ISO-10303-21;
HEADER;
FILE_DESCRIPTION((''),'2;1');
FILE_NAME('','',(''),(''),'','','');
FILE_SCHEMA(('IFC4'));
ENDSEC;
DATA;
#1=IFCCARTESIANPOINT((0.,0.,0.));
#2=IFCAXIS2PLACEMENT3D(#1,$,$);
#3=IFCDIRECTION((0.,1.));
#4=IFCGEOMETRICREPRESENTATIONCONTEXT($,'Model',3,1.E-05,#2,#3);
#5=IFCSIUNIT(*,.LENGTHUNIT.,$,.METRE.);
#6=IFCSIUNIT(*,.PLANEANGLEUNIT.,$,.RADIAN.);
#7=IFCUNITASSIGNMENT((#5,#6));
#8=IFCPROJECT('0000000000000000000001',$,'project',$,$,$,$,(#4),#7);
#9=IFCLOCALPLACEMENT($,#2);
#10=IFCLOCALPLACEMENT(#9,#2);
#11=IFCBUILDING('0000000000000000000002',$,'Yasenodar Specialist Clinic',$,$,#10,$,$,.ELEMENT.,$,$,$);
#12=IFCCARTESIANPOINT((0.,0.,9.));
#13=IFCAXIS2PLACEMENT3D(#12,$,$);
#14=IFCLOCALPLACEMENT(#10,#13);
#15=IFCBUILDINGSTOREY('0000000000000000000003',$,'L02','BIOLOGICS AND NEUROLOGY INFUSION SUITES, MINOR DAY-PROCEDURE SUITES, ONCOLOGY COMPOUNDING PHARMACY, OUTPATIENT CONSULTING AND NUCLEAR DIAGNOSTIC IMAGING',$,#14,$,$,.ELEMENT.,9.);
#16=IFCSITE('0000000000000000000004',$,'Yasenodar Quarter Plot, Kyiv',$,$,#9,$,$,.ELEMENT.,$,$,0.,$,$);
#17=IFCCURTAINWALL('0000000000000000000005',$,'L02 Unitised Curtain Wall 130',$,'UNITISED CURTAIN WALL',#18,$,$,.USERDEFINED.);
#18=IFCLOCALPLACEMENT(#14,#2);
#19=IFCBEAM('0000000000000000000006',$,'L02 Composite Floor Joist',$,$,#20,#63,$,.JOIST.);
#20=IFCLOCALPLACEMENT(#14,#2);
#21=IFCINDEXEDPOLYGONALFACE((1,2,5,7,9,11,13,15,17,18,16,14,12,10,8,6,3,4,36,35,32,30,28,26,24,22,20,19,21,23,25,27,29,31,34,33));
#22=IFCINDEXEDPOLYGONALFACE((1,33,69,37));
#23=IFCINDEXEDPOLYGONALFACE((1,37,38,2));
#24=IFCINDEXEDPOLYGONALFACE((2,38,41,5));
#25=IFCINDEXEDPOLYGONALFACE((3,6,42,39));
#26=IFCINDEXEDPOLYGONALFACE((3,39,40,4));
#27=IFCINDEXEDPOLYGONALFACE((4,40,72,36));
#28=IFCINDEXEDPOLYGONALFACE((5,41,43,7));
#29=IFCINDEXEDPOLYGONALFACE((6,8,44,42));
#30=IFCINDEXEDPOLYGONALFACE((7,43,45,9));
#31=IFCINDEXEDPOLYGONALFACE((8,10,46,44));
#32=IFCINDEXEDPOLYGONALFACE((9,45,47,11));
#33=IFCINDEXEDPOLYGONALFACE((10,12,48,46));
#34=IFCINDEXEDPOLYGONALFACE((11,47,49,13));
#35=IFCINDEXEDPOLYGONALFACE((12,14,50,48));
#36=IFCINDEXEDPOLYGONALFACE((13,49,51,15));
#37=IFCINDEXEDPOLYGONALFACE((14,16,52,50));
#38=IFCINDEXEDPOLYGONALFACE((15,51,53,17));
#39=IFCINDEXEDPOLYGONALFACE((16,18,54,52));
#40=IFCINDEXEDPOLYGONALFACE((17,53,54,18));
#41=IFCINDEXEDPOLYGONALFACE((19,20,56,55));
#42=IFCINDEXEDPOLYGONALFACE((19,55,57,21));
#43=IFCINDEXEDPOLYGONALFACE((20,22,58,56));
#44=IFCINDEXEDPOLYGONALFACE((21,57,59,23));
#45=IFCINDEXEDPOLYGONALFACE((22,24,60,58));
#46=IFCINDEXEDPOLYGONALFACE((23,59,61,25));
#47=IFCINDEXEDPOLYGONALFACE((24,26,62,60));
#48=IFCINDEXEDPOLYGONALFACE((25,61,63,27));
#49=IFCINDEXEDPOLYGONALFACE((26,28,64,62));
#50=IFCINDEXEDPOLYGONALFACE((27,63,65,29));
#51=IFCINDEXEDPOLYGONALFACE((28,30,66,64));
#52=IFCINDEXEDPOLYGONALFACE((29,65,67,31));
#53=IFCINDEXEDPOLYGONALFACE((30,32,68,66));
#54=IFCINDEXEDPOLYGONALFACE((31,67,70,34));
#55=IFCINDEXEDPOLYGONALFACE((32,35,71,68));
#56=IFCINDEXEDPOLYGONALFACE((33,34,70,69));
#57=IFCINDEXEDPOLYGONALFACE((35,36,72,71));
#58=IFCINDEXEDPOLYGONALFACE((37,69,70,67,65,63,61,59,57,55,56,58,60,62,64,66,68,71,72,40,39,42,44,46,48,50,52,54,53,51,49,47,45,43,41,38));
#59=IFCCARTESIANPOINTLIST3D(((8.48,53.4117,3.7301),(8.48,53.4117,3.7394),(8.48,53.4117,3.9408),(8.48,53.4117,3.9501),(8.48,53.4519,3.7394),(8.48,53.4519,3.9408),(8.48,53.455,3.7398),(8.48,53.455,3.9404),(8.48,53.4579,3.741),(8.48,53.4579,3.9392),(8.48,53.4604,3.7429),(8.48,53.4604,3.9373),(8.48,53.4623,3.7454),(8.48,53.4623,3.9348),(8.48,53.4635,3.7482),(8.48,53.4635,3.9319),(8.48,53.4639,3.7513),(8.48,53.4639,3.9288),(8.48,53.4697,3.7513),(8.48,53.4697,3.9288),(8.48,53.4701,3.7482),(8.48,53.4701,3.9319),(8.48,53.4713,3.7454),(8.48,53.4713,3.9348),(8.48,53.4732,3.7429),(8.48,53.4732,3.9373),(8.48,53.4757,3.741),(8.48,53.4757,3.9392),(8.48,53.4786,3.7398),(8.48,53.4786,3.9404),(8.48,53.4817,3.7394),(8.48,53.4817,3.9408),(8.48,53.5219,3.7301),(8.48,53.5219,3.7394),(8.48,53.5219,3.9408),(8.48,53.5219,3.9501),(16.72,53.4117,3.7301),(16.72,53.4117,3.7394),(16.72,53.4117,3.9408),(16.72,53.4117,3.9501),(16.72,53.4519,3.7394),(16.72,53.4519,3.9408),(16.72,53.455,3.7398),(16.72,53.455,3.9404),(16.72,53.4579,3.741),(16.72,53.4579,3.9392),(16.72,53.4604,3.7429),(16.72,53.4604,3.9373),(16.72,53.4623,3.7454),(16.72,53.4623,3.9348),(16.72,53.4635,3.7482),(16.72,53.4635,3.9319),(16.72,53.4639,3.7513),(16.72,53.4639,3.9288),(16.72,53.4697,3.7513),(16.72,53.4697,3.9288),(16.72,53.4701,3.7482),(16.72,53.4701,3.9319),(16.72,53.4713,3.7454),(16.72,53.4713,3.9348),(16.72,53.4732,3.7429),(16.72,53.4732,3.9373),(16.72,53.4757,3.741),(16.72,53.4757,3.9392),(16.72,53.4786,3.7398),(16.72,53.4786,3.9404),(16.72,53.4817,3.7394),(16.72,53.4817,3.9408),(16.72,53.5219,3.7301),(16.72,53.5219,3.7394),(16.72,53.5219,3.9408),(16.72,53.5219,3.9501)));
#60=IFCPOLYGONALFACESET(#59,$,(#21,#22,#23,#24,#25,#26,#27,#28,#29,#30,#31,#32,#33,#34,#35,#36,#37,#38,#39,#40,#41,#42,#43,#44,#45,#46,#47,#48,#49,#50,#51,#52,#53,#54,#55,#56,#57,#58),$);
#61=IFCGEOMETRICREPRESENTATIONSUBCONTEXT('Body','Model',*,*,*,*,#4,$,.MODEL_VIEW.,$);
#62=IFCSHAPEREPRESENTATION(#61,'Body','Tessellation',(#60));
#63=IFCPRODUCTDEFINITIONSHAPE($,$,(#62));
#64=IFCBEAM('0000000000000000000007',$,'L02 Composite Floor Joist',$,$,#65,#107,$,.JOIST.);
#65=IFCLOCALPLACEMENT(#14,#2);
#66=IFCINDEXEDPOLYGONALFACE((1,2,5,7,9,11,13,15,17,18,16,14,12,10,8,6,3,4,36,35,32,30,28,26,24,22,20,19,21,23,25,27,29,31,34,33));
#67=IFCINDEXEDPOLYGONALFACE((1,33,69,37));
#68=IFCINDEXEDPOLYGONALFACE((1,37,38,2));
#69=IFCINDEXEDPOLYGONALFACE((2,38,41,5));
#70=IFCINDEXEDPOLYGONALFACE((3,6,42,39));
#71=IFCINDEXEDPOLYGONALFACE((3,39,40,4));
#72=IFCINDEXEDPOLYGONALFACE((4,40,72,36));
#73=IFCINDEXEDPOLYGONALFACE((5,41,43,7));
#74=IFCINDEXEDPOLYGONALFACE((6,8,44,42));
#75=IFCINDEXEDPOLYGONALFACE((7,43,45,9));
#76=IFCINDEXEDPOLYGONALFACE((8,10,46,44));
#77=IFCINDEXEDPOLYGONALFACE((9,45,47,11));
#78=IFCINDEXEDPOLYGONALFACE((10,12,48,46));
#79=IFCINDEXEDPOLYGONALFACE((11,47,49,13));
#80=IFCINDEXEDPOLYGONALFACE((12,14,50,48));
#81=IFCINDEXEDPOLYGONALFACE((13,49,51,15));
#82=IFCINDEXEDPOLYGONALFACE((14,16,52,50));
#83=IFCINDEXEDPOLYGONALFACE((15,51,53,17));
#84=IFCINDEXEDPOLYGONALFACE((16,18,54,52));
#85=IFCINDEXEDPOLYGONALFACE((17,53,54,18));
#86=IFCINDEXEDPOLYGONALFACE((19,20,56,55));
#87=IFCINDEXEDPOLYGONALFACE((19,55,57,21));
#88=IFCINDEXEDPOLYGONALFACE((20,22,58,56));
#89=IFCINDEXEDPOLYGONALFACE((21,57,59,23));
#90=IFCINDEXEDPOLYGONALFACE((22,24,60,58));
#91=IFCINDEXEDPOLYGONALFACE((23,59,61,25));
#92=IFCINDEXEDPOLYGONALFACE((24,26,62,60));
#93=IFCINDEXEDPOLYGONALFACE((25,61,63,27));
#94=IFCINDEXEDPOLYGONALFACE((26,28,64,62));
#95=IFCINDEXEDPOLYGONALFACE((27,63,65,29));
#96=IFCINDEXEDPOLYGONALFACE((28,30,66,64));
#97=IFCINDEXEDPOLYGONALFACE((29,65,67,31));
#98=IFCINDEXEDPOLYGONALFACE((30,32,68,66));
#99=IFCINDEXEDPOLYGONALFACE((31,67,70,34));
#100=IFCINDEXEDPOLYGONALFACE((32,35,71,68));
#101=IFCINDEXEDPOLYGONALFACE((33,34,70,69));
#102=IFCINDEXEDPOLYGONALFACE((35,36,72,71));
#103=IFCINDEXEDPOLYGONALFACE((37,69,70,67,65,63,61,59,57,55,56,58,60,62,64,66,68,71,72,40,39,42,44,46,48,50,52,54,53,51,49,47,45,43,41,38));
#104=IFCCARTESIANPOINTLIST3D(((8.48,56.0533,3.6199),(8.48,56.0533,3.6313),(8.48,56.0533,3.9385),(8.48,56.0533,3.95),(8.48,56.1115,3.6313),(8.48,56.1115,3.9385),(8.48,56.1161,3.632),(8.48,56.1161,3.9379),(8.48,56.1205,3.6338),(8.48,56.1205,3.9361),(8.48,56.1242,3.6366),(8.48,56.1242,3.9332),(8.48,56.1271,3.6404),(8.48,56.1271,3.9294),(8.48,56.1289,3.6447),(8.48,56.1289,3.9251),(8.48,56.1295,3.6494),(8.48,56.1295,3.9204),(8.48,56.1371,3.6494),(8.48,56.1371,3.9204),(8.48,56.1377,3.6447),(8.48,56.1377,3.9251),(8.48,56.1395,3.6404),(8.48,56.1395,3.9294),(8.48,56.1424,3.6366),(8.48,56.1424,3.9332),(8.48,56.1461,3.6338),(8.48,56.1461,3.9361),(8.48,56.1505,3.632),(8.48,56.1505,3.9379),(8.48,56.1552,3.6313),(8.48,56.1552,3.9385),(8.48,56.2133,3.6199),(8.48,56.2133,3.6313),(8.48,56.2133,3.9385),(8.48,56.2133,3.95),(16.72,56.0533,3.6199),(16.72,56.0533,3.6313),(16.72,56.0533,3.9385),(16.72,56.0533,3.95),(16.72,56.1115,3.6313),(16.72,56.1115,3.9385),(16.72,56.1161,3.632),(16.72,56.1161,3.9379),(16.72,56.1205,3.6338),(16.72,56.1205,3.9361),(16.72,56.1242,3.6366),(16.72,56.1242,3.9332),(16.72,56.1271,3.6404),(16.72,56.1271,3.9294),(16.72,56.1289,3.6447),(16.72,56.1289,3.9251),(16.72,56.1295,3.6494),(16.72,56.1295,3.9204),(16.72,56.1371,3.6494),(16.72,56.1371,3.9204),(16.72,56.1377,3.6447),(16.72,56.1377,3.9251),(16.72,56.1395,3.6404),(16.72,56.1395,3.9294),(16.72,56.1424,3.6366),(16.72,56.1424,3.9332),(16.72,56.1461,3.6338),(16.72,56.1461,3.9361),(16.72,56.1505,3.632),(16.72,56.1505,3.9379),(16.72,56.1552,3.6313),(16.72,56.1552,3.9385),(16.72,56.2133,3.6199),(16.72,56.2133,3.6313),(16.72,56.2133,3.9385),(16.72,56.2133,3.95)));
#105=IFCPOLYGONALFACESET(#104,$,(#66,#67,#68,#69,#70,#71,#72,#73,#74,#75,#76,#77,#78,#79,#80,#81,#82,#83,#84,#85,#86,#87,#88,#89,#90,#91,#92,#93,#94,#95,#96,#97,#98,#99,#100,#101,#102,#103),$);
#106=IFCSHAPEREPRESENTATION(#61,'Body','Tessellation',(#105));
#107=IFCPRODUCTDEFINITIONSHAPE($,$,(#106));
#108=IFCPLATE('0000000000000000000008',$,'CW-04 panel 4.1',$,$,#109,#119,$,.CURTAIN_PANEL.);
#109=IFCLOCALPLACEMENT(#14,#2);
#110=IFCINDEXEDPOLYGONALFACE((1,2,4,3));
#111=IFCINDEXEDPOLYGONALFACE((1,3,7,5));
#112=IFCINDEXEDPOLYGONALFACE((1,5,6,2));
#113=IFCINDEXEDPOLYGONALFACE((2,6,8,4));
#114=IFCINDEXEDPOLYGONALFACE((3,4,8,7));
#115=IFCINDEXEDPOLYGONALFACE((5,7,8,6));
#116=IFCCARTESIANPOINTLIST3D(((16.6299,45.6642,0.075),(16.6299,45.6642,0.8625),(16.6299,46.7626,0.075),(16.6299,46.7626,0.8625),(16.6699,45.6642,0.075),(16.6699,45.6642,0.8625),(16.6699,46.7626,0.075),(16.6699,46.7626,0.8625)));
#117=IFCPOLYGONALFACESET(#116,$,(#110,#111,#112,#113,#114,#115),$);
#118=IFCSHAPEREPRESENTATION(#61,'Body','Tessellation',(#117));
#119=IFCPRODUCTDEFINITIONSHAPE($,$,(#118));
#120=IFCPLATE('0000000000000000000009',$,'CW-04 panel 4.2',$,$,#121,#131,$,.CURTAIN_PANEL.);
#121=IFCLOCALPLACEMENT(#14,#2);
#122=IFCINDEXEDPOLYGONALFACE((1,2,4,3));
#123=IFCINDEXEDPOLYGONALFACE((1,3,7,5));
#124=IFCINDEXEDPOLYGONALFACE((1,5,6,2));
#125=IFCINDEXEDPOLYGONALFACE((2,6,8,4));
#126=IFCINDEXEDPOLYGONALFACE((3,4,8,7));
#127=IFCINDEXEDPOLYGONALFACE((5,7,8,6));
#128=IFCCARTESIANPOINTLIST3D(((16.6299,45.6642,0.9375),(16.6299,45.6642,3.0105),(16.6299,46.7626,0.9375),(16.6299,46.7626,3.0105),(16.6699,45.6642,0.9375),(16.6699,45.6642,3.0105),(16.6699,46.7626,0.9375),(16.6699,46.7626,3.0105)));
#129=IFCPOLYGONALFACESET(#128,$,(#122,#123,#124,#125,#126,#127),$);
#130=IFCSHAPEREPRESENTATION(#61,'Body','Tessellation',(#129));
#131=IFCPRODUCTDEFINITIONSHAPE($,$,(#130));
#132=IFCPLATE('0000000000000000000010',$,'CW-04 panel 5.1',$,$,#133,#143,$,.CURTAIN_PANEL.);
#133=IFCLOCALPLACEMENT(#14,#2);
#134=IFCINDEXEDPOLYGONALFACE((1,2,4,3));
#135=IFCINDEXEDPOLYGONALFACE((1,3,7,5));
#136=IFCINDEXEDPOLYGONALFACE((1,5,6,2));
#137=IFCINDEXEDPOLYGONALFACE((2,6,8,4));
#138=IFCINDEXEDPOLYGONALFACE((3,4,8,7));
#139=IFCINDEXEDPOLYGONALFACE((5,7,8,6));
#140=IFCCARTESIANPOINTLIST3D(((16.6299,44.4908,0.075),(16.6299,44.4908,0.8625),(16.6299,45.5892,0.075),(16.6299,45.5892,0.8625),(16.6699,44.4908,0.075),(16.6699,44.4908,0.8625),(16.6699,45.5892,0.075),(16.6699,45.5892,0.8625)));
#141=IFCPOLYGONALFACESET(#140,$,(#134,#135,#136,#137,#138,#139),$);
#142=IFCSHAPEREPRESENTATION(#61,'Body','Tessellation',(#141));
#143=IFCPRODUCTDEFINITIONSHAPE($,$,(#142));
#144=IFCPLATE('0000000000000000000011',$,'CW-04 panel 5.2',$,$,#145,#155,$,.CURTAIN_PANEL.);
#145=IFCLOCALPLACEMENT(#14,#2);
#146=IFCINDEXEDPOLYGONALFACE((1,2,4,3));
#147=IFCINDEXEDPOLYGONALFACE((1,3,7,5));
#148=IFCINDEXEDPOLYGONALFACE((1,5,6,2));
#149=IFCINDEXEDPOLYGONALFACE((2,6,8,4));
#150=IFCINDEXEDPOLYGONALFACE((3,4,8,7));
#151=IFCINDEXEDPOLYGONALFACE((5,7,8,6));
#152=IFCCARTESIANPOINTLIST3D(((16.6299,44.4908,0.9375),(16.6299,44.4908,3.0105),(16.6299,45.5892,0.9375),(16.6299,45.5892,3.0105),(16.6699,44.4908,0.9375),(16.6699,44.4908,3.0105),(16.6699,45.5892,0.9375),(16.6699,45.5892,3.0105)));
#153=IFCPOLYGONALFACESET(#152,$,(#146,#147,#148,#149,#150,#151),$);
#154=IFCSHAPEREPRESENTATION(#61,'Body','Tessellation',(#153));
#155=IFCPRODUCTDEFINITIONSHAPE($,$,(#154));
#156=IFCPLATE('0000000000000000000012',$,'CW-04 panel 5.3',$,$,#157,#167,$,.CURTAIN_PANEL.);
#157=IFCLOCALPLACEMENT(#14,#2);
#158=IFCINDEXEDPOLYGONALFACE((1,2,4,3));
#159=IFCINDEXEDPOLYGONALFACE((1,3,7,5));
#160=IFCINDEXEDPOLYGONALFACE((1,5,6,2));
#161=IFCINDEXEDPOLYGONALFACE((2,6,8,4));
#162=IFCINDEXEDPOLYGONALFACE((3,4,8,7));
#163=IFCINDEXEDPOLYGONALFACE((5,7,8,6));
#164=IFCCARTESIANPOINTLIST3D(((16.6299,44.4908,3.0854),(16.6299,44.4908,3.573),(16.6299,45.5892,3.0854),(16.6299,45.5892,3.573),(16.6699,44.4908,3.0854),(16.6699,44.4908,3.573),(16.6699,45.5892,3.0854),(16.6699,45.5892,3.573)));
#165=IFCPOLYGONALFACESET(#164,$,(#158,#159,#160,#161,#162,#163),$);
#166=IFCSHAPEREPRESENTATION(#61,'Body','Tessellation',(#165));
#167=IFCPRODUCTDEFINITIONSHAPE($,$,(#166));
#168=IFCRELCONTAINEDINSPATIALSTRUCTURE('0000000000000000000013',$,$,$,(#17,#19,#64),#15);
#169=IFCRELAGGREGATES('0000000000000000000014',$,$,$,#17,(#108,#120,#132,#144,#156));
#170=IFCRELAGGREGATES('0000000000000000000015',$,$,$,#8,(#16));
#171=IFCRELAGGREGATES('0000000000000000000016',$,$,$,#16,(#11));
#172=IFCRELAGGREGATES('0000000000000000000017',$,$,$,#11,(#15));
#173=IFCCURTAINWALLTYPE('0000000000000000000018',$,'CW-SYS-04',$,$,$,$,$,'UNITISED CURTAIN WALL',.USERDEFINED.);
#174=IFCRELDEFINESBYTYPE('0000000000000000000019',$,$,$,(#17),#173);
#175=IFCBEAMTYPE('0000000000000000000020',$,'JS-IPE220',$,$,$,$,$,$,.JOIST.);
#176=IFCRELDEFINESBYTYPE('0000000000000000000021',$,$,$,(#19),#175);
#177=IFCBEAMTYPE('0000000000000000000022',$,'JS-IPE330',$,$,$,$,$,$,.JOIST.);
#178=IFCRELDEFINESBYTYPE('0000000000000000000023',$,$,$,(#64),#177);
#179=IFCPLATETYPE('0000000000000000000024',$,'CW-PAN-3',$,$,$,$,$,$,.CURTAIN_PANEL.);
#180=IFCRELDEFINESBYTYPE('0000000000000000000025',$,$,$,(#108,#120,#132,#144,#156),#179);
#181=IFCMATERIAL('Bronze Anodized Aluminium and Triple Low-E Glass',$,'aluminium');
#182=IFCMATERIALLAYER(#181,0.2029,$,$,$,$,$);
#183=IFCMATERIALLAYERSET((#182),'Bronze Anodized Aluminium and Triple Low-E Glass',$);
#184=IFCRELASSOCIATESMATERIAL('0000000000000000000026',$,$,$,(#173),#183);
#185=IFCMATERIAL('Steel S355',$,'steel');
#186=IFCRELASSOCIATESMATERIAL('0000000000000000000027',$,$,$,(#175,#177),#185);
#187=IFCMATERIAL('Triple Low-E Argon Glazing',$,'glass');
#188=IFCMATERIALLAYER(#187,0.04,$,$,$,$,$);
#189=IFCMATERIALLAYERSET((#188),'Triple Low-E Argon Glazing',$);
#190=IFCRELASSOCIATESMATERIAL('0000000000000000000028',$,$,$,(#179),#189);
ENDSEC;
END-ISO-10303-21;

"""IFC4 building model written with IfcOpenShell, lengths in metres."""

from ifc_helpers import new_model, si_unit, direction, frame, origin, origin_2d, place, context, subcontext, project, spatial, rectangle, i_section, extrude, material, layer, layer_set, material_profile, profile_set, type_object, element, aggregate, save


model = new_model("IFC4")

# Units and contexts
model_context = context("Model", 3, precision=1e-05, world=origin(), true_north=direction((0.0, 1.0)))
body_context = subcontext(model_context, "Body", "Model", "MODEL_VIEW")
ifc_project = project(units=[si_unit("LENGTHUNIT", "METRE"), si_unit("PLANEANGLEUNIT", "RADIAN")], contexts=[model_context])

# Site, building, storey
site_placement = place(None, origin())
site = spatial("IfcSite", under=ifc_project, at=site_placement, Name="Yasenodar Quarter Plot, Kyiv", CompositionType="ELEMENT", RefElevation=0.0)
building_placement = place(site_placement, origin())
building = spatial("IfcBuilding", under=site, at=building_placement, Name="Yasenodar Specialist Clinic", CompositionType="ELEMENT")
storey_placement = place(building_placement, frame((0.0, 0.0, 9.0)))
storey = spatial("IfcBuildingStorey", under=building, at=storey_placement, Name="L02", Description="BIOLOGICS AND NEUROLOGY INFUSION SUITES, MINOR DAY-PROCEDURE SUITES, ONCOLOGY COMPOUNDING PHARMACY, OUTPATIENT CONSULTING AND NUCLEAR DIAGNOSTIC IMAGING", CompositionType="ELEMENT", Elevation=9.0)

# Curtain wall
ifc_material_1 = material(Name="Bronze Anodized Aluminium and Triple Low-E Glass", Category="aluminium")
ifc_layer_1 = layer(ifc_material_1, 0.2029)
ifc_layer_set_1 = layer_set([ifc_layer_1], Name="Bronze Anodized Aluminium and Triple Low-E Glass")
curtain_wall_type = type_object("IfcCurtainWallType", Name="CW-SYS-04", ElementType="UNITISED CURTAIN WALL", PredefinedType="USERDEFINED", material=ifc_layer_set_1)
curtain_wall_placement = place(storey_placement, origin())
curtain_wall = element("IfcCurtainWall", 1, at=curtain_wall_placement, inside=storey, type_object=curtain_wall_type, Name="L02 Unitised Curtain Wall 130", ObjectType="UNITISED CURTAIN WALL", PredefinedType="USERDEFINED")

# Beams
ifc_material_2 = material(Name="Steel S355", Category="steel")
ifc_material_profile_1 = material_profile(ifc_material_2, i_section(OverallWidth=0.1101, OverallDepth=0.22, WebThickness=0.0059, FlangeThickness=0.0093, FilletRadius=0.012, at=origin_2d()), Name="IPE 220")
ifc_profile_set_1 = profile_set([ifc_material_profile_1], Name="Steel S355")
beam_type_1 = type_object("IfcBeamType", Name="JS-IPE220", PredefinedType="JOIST", material=ifc_profile_set_1)
for number, where, z_axis, x_axis, name in (
    (2, (8.48, 53.4668, 3.8401), (1.0, 0.0, 0.0), (0.0, 1.0, 0.0), "L02 Composite Floor Joist"),
):
    element("IfcBeam", number, at=place(storey_placement, frame(where, z_axis=z_axis, x_axis=x_axis)), inside=storey, type_object=beam_type_1, Name=name, PredefinedType="JOIST", context=body_context, shape_type="SweptSolid", body=[
        extrude(i_section(OverallWidth=0.1101, OverallDepth=0.22, WebThickness=0.0059, FlangeThickness=0.0093, FilletRadius=0.012, at=origin_2d()), origin(), (0.0, 0.0, 1.0), 8.24),
    ])
ifc_material_profile_2 = material_profile(ifc_material_2, i_section(OverallWidth=0.1599, OverallDepth=0.3301, WebThickness=0.0076, FlangeThickness=0.0115, FilletRadius=0.0181, at=origin_2d()), Name="IPE 330")
ifc_profile_set_2 = profile_set([ifc_material_profile_2], Name="Steel S355")
beam_type_2 = type_object("IfcBeamType", Name="JS-IPE330", PredefinedType="JOIST", material=ifc_profile_set_2)
beam_placement = place(storey_placement, frame((8.48, 56.1333, 3.7849), z_axis=(1.0, 0.0, 0.0), x_axis=(0.0, 1.0, 0.0)))
element("IfcBeam", 3, at=beam_placement, inside=storey, type_object=beam_type_2, Name="L02 Composite Floor Joist", PredefinedType="JOIST", context=body_context, shape_type="SweptSolid", body=[
    extrude(i_section(OverallWidth=0.1599, OverallDepth=0.3301, WebThickness=0.0076, FlangeThickness=0.0115, FilletRadius=0.0181, at=origin_2d()), origin(), (0.0, 0.0, 1.0), 8.24),
])

# Plates
ifc_material_3 = material(Name="Triple Low-E Argon Glazing", Category="glass")
ifc_layer_2 = layer(ifc_material_3, 0.04)
ifc_layer_set_2 = layer_set([ifc_layer_2], Name="Triple Low-E Argon Glazing")
plate_type = type_object("IfcPlateType", Name="CW-PAN-3", PredefinedType="CURTAIN_PANEL", material=ifc_layer_set_2)
plate_1_placement = place(storey_placement, frame((16.6499, 46.2134, 0.075), z_axis=(0.0, 0.0, 1.0), x_axis=(0.0, -1.0, 0.0)))
plate_1 = element("IfcPlate", 4, at=plate_1_placement, type_object=plate_type, Name="CW-04 panel 4.1", PredefinedType="CURTAIN_PANEL", context=body_context, shape_type="SweptSolid", body=[
    extrude(rectangle(XDim=1.0984, YDim=0.04, at=origin_2d()), origin(), (0.0, 0.0, 1.0), 0.7876),
])
plate_2_placement = place(storey_placement, frame((16.6499, 46.2134, 0.9375), z_axis=(0.0, 0.0, 1.0), x_axis=(0.0, -1.0, 0.0)))
plate_2 = element("IfcPlate", 5, at=plate_2_placement, type_object=plate_type, Name="CW-04 panel 4.2", PredefinedType="CURTAIN_PANEL", context=body_context, shape_type="SweptSolid", body=[
    extrude(rectangle(XDim=1.0984, YDim=0.04, at=origin_2d()), origin(), (0.0, 0.0, 1.0), 2.073),
])
plate_3_placement = place(storey_placement, frame((16.6499, 45.04, 0.075), z_axis=(0.0, 0.0, 1.0), x_axis=(0.0, -1.0, 0.0)))
plate_3 = element("IfcPlate", 6, at=plate_3_placement, type_object=plate_type, Name="CW-04 panel 5.1", PredefinedType="CURTAIN_PANEL", context=body_context, shape_type="SweptSolid", body=[
    extrude(rectangle(XDim=1.0984, YDim=0.04, at=origin_2d()), origin(), (0.0, 0.0, 1.0), 0.7876),
])
plate_4_placement = place(storey_placement, frame((16.6499, 45.04, 0.9375), z_axis=(0.0, 0.0, 1.0), x_axis=(0.0, -1.0, 0.0)))
plate_4 = element("IfcPlate", 7, at=plate_4_placement, type_object=plate_type, Name="CW-04 panel 5.2", PredefinedType="CURTAIN_PANEL", context=body_context, shape_type="SweptSolid", body=[
    extrude(rectangle(XDim=1.0984, YDim=0.04, at=origin_2d()), origin(), (0.0, 0.0, 1.0), 2.073),
])
plate_5_placement = place(storey_placement, frame((16.6499, 45.04, 3.0854), z_axis=(0.0, 0.0, 1.0), x_axis=(0.0, -1.0, 0.0)))
plate_5 = element("IfcPlate", 8, at=plate_5_placement, type_object=plate_type, Name="CW-04 panel 5.3", PredefinedType="CURTAIN_PANEL", context=body_context, shape_type="SweptSolid", body=[
    extrude(rectangle(XDim=1.0984, YDim=0.04, at=origin_2d()), origin(), (0.0, 0.0, 1.0), 0.4875),
])
aggregate(curtain_wall, [plate_1, plate_2, plate_3, plate_4, plate_5])

save(model, "model.ifc")
